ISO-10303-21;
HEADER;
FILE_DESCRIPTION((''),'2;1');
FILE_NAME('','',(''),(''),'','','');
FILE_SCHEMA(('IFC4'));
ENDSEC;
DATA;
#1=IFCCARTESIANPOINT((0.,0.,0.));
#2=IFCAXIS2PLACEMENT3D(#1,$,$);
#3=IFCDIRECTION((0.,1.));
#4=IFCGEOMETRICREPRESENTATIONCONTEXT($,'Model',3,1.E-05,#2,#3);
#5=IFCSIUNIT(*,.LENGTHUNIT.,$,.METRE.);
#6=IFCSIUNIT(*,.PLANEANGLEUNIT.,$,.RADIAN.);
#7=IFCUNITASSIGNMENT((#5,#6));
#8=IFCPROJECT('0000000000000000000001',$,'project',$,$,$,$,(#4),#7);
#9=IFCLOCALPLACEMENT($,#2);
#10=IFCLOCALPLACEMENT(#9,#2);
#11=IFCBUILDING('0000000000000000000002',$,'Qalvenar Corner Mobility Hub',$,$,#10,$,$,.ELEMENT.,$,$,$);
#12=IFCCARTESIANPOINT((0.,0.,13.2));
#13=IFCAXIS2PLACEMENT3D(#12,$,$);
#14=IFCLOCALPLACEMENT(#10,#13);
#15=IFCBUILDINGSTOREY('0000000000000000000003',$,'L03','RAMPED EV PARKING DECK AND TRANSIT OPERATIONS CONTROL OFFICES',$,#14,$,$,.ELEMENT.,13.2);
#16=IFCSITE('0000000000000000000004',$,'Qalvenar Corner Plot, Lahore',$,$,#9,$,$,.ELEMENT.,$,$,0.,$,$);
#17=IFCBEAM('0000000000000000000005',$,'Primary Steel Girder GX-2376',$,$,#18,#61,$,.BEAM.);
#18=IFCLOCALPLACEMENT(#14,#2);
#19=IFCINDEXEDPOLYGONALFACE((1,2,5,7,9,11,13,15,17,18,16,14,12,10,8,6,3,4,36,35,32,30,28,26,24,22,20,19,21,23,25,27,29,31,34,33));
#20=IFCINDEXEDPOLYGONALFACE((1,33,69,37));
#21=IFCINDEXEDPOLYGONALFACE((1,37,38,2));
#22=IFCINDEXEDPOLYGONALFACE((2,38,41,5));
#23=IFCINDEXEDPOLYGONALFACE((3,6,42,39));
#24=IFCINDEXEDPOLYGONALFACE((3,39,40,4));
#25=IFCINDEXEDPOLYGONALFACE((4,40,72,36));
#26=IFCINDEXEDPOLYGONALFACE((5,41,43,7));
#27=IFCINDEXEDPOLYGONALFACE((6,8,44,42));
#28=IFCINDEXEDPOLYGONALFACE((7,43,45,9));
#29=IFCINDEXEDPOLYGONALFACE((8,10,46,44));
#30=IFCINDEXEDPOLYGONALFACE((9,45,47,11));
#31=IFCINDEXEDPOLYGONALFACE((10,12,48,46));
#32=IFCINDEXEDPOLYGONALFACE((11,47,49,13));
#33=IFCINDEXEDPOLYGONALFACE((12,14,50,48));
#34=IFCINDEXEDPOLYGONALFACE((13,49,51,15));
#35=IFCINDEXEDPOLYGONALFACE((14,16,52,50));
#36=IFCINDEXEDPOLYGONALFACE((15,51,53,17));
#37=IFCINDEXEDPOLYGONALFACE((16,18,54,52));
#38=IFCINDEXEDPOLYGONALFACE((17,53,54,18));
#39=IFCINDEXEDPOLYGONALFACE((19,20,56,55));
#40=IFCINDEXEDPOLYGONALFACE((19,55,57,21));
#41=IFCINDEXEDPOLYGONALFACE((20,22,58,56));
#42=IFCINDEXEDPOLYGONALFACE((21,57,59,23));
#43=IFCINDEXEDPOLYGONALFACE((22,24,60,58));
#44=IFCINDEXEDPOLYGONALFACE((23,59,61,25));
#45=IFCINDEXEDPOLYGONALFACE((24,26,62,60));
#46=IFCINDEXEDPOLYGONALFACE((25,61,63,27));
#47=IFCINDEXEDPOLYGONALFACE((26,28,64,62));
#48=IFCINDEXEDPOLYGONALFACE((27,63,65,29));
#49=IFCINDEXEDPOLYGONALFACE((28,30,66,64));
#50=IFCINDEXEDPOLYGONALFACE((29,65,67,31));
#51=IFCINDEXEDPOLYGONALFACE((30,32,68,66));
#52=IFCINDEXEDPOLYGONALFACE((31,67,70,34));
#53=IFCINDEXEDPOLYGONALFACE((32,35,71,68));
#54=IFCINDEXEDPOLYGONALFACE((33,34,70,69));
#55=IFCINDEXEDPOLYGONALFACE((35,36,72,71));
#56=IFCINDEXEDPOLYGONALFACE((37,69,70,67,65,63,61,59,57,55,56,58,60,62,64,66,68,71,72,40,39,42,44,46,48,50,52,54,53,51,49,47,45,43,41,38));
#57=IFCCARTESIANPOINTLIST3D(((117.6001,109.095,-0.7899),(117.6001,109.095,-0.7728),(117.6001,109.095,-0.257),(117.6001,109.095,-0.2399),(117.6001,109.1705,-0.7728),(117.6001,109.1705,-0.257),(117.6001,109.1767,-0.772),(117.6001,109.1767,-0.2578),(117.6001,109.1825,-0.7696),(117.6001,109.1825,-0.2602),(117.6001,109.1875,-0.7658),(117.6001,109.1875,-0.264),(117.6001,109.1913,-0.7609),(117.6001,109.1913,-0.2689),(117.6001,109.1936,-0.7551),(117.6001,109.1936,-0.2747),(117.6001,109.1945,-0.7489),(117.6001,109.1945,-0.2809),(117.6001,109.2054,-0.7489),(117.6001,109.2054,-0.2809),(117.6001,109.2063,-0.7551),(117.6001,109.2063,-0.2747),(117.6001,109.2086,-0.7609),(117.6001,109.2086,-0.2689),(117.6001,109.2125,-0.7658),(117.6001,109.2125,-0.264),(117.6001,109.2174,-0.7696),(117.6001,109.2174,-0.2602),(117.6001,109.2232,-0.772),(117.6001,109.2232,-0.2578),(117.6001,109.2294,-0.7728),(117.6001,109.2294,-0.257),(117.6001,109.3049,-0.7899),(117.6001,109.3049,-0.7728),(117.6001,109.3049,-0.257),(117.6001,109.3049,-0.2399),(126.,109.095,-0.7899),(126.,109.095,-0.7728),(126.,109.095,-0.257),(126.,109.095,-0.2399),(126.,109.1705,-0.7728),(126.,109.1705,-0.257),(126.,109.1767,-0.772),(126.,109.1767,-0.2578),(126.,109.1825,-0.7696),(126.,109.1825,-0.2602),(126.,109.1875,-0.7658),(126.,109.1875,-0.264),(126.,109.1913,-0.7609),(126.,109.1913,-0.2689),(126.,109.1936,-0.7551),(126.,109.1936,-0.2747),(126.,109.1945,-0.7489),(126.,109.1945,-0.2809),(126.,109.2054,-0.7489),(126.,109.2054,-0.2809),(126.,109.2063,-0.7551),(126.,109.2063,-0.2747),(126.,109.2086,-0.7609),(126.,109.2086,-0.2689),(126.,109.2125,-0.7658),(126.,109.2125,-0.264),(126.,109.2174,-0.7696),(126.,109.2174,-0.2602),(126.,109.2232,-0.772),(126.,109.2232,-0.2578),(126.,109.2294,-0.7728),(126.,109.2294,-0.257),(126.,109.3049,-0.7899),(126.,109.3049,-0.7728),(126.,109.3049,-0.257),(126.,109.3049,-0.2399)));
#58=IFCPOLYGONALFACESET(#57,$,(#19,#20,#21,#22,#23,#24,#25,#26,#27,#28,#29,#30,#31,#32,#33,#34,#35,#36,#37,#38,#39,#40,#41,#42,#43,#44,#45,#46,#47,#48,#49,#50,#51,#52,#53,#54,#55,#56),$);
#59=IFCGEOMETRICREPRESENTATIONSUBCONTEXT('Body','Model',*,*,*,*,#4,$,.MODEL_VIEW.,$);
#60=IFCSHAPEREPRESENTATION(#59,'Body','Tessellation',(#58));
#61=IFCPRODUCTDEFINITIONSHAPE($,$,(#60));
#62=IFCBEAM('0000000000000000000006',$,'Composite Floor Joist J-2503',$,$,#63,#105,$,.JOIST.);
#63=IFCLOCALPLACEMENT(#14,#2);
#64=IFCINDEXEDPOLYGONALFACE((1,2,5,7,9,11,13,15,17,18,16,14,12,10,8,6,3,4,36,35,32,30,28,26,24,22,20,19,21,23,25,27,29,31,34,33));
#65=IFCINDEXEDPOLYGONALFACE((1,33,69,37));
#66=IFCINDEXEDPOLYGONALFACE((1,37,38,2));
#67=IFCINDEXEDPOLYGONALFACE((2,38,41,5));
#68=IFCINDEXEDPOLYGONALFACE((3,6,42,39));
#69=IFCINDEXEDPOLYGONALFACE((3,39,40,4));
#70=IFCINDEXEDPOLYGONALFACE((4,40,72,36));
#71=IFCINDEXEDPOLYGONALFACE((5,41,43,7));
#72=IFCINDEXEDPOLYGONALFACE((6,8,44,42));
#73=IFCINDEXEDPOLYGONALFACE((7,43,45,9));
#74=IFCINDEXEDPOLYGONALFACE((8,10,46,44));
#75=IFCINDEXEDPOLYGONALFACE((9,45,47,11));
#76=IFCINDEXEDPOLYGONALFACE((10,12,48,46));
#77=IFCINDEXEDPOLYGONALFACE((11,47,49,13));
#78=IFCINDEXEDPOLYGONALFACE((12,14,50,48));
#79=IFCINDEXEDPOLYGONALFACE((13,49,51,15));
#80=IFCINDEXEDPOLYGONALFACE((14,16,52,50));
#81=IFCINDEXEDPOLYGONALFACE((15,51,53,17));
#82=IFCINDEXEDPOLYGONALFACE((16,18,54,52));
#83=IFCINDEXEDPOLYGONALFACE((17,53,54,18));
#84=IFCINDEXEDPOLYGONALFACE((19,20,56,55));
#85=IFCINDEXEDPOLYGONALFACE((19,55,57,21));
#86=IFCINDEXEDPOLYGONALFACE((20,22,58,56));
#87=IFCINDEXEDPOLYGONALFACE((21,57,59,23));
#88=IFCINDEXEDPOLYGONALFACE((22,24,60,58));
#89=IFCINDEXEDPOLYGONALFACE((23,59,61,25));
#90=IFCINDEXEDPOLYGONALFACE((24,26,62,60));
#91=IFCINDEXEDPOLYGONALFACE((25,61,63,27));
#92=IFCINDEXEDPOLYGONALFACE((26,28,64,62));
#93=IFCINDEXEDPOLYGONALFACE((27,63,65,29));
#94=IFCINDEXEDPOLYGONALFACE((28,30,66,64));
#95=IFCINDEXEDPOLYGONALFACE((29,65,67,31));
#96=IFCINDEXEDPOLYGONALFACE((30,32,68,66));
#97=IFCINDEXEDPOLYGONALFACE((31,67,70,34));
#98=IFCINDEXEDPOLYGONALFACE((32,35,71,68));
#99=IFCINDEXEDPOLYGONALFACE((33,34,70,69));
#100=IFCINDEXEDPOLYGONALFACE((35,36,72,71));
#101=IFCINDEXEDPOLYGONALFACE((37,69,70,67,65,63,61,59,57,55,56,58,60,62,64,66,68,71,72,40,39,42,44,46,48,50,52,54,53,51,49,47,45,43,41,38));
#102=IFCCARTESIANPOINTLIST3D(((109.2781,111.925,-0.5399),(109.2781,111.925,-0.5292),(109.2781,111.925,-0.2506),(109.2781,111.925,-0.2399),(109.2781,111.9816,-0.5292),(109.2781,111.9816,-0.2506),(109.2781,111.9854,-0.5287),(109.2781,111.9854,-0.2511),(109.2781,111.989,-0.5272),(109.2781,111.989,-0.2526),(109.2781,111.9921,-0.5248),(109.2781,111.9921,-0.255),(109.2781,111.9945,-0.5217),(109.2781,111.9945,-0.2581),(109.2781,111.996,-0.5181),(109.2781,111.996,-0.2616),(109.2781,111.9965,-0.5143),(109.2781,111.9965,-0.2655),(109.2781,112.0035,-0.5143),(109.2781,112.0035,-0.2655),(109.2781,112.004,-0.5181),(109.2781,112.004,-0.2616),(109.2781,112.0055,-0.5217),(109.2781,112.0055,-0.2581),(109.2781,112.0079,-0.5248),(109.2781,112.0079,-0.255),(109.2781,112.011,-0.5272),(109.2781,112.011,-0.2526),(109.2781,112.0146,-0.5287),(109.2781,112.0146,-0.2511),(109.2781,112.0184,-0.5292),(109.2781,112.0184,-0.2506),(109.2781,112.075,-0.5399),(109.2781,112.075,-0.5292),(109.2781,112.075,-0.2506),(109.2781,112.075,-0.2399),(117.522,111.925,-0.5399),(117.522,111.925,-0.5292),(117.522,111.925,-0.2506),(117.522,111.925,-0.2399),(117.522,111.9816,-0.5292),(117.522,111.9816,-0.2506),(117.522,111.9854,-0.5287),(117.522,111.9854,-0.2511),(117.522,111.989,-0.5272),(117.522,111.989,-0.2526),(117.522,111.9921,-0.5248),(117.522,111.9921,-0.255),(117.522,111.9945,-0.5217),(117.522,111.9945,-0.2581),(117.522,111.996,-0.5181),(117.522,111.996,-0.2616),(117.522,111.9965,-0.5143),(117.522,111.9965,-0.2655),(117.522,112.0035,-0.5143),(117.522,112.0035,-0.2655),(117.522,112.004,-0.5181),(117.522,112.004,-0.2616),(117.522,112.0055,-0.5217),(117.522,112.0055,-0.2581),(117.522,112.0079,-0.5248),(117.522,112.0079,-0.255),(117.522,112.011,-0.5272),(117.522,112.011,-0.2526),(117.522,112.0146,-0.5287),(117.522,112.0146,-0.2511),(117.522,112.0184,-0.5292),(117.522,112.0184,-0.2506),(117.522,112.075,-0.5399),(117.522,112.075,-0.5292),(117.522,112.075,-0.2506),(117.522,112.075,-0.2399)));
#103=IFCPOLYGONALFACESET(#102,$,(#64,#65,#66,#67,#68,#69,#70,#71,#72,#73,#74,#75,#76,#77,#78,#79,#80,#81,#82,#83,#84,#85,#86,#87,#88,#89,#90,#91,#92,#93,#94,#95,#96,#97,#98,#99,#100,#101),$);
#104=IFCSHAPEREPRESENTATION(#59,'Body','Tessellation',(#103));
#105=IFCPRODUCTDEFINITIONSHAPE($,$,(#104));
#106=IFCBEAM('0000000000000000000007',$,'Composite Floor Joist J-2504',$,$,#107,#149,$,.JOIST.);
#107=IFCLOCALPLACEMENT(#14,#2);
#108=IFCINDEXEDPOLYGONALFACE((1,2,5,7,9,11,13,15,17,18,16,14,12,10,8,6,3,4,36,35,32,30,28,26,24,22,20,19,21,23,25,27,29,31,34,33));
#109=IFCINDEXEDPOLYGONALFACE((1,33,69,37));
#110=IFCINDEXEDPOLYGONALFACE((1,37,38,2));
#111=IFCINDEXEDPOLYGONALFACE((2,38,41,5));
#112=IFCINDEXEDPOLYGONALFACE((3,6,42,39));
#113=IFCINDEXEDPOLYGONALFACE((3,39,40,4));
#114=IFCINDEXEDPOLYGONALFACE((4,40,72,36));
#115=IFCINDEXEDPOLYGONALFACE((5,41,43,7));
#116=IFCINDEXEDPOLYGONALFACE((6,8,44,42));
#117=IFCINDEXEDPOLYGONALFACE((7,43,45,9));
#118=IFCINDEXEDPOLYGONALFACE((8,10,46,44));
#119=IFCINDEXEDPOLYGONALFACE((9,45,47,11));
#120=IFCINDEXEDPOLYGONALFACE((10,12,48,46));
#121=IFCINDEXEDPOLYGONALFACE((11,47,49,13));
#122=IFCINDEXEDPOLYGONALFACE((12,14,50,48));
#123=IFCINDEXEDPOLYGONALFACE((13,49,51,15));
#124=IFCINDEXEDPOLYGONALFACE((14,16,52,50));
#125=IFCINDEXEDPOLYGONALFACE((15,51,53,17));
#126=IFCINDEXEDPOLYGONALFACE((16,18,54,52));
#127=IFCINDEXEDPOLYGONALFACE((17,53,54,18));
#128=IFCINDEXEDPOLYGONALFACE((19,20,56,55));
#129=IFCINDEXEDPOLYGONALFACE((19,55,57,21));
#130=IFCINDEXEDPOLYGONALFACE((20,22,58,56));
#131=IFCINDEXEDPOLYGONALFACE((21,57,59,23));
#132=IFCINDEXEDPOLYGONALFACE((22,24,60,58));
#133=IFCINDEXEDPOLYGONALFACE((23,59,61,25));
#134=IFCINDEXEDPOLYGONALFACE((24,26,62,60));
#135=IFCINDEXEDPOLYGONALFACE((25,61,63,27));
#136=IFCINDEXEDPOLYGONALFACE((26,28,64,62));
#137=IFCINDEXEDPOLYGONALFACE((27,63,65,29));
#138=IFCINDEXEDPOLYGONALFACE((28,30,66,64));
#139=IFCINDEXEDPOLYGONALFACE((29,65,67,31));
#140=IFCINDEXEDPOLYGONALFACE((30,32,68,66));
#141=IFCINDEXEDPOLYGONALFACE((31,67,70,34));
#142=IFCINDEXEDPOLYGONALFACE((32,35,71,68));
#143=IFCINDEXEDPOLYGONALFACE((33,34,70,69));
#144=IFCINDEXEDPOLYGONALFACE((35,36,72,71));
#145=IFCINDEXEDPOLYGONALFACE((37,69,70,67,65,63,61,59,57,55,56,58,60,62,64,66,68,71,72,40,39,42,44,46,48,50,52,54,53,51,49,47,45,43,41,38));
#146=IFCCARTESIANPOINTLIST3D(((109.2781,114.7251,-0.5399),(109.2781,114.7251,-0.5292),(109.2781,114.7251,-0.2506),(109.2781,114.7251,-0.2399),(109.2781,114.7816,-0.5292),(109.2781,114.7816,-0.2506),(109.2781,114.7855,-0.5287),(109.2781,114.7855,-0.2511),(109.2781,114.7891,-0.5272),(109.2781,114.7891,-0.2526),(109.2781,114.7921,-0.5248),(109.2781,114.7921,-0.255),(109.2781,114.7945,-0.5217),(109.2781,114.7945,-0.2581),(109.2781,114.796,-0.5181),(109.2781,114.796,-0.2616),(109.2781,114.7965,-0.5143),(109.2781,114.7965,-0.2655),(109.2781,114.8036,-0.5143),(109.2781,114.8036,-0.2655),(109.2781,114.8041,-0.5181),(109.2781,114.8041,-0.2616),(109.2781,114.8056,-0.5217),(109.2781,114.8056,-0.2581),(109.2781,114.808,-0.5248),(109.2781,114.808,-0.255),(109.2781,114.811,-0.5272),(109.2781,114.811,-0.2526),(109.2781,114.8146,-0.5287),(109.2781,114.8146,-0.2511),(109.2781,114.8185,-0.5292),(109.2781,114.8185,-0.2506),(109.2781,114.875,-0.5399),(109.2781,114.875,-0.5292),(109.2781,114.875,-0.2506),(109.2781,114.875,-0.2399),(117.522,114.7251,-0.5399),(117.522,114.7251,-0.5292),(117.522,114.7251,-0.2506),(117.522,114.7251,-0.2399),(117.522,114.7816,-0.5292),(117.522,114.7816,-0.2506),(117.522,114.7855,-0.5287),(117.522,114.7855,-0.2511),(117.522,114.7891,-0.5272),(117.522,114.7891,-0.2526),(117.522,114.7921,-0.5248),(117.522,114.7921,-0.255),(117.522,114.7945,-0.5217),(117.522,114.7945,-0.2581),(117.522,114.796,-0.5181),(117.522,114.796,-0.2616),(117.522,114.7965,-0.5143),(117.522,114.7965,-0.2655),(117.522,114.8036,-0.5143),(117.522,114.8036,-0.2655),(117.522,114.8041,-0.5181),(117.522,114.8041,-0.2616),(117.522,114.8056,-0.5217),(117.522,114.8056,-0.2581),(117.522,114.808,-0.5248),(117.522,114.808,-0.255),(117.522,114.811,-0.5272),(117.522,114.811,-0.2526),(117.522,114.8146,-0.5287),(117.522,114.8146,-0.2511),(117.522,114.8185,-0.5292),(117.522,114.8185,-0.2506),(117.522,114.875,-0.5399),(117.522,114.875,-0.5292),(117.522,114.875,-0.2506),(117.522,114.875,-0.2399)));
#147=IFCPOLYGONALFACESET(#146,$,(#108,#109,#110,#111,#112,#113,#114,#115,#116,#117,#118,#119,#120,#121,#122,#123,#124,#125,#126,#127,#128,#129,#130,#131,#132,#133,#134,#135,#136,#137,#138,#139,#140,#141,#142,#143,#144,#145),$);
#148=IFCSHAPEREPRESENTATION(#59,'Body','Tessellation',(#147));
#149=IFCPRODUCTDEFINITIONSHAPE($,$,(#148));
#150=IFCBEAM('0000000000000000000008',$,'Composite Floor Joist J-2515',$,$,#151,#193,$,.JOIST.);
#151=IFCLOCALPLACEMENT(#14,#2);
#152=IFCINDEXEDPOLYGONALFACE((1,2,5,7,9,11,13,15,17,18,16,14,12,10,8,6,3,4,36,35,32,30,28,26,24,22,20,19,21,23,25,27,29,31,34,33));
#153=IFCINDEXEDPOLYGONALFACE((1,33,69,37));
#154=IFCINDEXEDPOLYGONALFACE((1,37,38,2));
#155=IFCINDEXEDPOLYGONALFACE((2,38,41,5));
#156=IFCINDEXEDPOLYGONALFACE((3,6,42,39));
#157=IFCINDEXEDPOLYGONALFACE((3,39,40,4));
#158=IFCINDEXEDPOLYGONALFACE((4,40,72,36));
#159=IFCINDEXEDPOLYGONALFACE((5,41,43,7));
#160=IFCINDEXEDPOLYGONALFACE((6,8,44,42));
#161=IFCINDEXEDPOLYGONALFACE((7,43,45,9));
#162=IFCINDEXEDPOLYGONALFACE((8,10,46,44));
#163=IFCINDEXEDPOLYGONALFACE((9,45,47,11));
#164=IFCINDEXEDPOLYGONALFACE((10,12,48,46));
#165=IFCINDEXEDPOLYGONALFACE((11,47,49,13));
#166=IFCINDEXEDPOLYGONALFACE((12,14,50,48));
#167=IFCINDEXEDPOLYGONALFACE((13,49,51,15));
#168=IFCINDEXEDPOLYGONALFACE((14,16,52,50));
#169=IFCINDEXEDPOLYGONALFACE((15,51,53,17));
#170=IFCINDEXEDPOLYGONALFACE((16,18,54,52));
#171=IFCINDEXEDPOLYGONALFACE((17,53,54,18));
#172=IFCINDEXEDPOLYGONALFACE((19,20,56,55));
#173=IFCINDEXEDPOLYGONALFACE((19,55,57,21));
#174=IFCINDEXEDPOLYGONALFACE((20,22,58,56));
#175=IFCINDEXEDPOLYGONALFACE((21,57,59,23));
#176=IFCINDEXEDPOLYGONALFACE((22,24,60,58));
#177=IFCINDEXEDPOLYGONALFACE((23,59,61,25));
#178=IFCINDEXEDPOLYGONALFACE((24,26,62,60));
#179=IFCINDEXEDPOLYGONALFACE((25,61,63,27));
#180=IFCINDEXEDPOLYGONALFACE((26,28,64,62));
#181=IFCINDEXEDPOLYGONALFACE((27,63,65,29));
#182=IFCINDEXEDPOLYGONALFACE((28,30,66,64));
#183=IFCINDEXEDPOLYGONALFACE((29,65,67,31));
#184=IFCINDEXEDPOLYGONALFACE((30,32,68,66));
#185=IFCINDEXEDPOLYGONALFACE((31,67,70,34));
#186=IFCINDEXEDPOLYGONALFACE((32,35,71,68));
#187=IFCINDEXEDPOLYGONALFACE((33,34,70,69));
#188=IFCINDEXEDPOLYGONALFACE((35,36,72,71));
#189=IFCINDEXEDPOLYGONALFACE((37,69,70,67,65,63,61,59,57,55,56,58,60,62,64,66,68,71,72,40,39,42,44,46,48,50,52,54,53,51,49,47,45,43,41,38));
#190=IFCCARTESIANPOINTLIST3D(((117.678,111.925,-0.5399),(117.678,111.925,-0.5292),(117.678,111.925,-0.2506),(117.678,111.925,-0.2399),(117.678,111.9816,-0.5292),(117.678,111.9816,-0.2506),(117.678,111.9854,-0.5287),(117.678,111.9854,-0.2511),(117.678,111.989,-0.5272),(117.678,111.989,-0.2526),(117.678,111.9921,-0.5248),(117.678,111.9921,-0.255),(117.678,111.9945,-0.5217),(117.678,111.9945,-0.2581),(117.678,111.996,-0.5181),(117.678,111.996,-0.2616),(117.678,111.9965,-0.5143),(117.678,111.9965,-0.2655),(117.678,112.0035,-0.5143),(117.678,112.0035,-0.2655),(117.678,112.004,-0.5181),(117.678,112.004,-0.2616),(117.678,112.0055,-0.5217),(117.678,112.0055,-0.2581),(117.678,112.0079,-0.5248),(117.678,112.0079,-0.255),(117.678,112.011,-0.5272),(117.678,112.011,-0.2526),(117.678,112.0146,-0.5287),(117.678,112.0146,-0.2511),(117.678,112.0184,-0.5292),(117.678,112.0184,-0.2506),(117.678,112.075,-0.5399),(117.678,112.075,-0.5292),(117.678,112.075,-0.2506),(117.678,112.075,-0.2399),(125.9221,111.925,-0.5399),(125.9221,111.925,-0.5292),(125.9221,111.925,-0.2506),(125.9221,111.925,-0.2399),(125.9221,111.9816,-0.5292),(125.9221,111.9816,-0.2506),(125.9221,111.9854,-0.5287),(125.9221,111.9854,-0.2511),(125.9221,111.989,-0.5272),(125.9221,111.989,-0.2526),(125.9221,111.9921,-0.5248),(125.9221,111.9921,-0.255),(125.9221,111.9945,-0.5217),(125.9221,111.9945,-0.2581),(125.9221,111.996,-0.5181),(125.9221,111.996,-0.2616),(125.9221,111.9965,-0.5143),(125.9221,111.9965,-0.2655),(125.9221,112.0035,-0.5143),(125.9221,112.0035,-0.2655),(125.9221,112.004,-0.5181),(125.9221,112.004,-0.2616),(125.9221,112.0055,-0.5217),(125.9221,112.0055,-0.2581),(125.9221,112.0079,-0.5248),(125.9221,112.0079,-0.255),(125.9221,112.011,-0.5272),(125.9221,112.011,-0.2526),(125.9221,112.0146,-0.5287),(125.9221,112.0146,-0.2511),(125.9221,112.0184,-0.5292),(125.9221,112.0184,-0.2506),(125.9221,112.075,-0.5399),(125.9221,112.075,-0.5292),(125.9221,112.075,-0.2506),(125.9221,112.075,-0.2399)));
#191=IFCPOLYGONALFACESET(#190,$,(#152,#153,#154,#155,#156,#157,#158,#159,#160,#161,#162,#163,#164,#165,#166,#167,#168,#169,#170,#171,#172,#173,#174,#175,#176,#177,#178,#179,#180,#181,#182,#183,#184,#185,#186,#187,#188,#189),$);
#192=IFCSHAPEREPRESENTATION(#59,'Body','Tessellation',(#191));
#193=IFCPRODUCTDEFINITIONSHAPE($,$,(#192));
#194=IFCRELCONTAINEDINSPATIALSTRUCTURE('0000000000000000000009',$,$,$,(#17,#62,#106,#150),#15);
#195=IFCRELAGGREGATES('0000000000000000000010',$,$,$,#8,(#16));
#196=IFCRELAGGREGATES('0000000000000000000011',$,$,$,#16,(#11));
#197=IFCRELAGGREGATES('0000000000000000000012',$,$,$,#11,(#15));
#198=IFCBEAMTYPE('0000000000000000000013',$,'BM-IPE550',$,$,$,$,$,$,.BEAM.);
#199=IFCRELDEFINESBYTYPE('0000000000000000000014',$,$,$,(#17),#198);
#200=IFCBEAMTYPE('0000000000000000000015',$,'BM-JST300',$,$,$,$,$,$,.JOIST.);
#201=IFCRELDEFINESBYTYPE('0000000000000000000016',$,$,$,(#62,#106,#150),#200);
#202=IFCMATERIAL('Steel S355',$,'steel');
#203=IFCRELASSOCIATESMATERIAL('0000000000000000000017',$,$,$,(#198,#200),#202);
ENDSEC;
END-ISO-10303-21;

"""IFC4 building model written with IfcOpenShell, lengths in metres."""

from ifc_helpers import new_model, si_unit, direction, frame, origin, origin_2d, place, context, subcontext, project, spatial, i_section, extrude, material, material_profile, profile_set, type_object, element, save


model = new_model("IFC4")

# Units and contexts
model_context = context("Model", 3, precision=1e-05, world=origin(), true_north=direction((0.0, 1.0)))
body_context = subcontext(model_context, "Body", "Model", "MODEL_VIEW")
ifc_project = project(units=[si_unit("LENGTHUNIT", "METRE"), si_unit("PLANEANGLEUNIT", "RADIAN")], contexts=[model_context])

# Site, building, storey
site_placement = place(None, origin())
site = spatial("IfcSite", under=ifc_project, at=site_placement, Name="Qalvenar Corner Plot, Lahore", CompositionType="ELEMENT", RefElevation=0.0)
building_placement = place(site_placement, origin())
building = spatial("IfcBuilding", under=site, at=building_placement, Name="Qalvenar Corner Mobility Hub", CompositionType="ELEMENT")
storey_placement = place(building_placement, frame((0.0, 0.0, 13.2)))
storey = spatial("IfcBuildingStorey", under=building, at=storey_placement, Name="L03", Description="RAMPED EV PARKING DECK AND TRANSIT OPERATIONS CONTROL OFFICES", CompositionType="ELEMENT", Elevation=13.2)

# Shared definitions
ifc_material = material(Name="Steel S355", Category="steel")

# Beams
ifc_material_profile_1 = material_profile(ifc_material, i_section(OverallWidth=0.21, OverallDepth=0.55, WebThickness=0.011, FlangeThickness=0.0171, FilletRadius=0.0239, at=origin_2d()), Name="IPE550")
ifc_profile_set_1 = profile_set([ifc_material_profile_1], Name="Steel S355")
beam_type_1 = type_object("IfcBeamType", Name="BM-IPE550", PredefinedType="BEAM", material=ifc_profile_set_1)
beam_1_placement = place(storey_placement, frame((117.6001, 109.2, -0.5149), z_axis=(1.0, 0.0, 0.0), x_axis=(0.0, 1.0, 0.0)))
element("IfcBeam", 1, at=beam_1_placement, inside=storey, type_object=beam_type_1, Name="Primary Steel Girder GX-2376", PredefinedType="BEAM", context=body_context, shape_type="SweptSolid", body=[
    extrude(i_section(OverallWidth=0.21, OverallDepth=0.55, WebThickness=0.011, FlangeThickness=0.0171, FilletRadius=0.0239, at=origin_2d()), origin(), (0.0, 0.0, 1.0), 8.3999),
])
ifc_material_profile_2 = material_profile(ifc_material, i_section(OverallWidth=0.1499, OverallDepth=0.3, WebThickness=0.0071, FlangeThickness=0.0107, FilletRadius=0.0149, at=origin_2d()), Name="IPE300")
ifc_profile_set_2 = profile_set([ifc_material_profile_2], Name="Steel S355")
beam_type_2 = type_object("IfcBeamType", Name="BM-JST300", PredefinedType="JOIST", material=ifc_profile_set_2)
for number, where, z_axis, x_axis, name in (
    (2, (109.2781, 112.0, -0.3899), (1.0, 0.0, 0.0), (0.0, 1.0, 0.0), "Composite Floor Joist J-2503"),
    (3, (109.2781, 114.8, -0.3899), (1.0, 0.0, 0.0), (0.0, 1.0, 0.0), "Composite Floor Joist J-2504"),
):
    element("IfcBeam", number, at=place(storey_placement, frame(where, z_axis=z_axis, x_axis=x_axis)), inside=storey, type_object=beam_type_2, Name=name, PredefinedType="JOIST", context=body_context, shape_type="SweptSolid", body=[
        extrude(i_section(OverallWidth=0.1499, OverallDepth=0.3, WebThickness=0.0071, FlangeThickness=0.0107, FilletRadius=0.0149, at=origin_2d()), origin(), (0.0, 0.0, 1.0), 8.2439),
    ])
for number, where, z_axis, x_axis, name in (
    (4, (117.678, 112.0, -0.3899), (1.0, 0.0, 0.0), (0.0, 1.0, 0.0), "Composite Floor Joist J-2515"),
):
    element("IfcBeam", number, at=place(storey_placement, frame(where, z_axis=z_axis, x_axis=x_axis)), inside=storey, type_object=beam_type_2, Name=name, PredefinedType="JOIST", context=body_context, shape_type="SweptSolid", body=[
        extrude(i_section(OverallWidth=0.1499, OverallDepth=0.3, WebThickness=0.0071, FlangeThickness=0.0107, FilletRadius=0.0149, at=origin_2d()), origin(), (0.0, 0.0, 1.0), 8.2441),
    ])

save(model, "model.ifc")
